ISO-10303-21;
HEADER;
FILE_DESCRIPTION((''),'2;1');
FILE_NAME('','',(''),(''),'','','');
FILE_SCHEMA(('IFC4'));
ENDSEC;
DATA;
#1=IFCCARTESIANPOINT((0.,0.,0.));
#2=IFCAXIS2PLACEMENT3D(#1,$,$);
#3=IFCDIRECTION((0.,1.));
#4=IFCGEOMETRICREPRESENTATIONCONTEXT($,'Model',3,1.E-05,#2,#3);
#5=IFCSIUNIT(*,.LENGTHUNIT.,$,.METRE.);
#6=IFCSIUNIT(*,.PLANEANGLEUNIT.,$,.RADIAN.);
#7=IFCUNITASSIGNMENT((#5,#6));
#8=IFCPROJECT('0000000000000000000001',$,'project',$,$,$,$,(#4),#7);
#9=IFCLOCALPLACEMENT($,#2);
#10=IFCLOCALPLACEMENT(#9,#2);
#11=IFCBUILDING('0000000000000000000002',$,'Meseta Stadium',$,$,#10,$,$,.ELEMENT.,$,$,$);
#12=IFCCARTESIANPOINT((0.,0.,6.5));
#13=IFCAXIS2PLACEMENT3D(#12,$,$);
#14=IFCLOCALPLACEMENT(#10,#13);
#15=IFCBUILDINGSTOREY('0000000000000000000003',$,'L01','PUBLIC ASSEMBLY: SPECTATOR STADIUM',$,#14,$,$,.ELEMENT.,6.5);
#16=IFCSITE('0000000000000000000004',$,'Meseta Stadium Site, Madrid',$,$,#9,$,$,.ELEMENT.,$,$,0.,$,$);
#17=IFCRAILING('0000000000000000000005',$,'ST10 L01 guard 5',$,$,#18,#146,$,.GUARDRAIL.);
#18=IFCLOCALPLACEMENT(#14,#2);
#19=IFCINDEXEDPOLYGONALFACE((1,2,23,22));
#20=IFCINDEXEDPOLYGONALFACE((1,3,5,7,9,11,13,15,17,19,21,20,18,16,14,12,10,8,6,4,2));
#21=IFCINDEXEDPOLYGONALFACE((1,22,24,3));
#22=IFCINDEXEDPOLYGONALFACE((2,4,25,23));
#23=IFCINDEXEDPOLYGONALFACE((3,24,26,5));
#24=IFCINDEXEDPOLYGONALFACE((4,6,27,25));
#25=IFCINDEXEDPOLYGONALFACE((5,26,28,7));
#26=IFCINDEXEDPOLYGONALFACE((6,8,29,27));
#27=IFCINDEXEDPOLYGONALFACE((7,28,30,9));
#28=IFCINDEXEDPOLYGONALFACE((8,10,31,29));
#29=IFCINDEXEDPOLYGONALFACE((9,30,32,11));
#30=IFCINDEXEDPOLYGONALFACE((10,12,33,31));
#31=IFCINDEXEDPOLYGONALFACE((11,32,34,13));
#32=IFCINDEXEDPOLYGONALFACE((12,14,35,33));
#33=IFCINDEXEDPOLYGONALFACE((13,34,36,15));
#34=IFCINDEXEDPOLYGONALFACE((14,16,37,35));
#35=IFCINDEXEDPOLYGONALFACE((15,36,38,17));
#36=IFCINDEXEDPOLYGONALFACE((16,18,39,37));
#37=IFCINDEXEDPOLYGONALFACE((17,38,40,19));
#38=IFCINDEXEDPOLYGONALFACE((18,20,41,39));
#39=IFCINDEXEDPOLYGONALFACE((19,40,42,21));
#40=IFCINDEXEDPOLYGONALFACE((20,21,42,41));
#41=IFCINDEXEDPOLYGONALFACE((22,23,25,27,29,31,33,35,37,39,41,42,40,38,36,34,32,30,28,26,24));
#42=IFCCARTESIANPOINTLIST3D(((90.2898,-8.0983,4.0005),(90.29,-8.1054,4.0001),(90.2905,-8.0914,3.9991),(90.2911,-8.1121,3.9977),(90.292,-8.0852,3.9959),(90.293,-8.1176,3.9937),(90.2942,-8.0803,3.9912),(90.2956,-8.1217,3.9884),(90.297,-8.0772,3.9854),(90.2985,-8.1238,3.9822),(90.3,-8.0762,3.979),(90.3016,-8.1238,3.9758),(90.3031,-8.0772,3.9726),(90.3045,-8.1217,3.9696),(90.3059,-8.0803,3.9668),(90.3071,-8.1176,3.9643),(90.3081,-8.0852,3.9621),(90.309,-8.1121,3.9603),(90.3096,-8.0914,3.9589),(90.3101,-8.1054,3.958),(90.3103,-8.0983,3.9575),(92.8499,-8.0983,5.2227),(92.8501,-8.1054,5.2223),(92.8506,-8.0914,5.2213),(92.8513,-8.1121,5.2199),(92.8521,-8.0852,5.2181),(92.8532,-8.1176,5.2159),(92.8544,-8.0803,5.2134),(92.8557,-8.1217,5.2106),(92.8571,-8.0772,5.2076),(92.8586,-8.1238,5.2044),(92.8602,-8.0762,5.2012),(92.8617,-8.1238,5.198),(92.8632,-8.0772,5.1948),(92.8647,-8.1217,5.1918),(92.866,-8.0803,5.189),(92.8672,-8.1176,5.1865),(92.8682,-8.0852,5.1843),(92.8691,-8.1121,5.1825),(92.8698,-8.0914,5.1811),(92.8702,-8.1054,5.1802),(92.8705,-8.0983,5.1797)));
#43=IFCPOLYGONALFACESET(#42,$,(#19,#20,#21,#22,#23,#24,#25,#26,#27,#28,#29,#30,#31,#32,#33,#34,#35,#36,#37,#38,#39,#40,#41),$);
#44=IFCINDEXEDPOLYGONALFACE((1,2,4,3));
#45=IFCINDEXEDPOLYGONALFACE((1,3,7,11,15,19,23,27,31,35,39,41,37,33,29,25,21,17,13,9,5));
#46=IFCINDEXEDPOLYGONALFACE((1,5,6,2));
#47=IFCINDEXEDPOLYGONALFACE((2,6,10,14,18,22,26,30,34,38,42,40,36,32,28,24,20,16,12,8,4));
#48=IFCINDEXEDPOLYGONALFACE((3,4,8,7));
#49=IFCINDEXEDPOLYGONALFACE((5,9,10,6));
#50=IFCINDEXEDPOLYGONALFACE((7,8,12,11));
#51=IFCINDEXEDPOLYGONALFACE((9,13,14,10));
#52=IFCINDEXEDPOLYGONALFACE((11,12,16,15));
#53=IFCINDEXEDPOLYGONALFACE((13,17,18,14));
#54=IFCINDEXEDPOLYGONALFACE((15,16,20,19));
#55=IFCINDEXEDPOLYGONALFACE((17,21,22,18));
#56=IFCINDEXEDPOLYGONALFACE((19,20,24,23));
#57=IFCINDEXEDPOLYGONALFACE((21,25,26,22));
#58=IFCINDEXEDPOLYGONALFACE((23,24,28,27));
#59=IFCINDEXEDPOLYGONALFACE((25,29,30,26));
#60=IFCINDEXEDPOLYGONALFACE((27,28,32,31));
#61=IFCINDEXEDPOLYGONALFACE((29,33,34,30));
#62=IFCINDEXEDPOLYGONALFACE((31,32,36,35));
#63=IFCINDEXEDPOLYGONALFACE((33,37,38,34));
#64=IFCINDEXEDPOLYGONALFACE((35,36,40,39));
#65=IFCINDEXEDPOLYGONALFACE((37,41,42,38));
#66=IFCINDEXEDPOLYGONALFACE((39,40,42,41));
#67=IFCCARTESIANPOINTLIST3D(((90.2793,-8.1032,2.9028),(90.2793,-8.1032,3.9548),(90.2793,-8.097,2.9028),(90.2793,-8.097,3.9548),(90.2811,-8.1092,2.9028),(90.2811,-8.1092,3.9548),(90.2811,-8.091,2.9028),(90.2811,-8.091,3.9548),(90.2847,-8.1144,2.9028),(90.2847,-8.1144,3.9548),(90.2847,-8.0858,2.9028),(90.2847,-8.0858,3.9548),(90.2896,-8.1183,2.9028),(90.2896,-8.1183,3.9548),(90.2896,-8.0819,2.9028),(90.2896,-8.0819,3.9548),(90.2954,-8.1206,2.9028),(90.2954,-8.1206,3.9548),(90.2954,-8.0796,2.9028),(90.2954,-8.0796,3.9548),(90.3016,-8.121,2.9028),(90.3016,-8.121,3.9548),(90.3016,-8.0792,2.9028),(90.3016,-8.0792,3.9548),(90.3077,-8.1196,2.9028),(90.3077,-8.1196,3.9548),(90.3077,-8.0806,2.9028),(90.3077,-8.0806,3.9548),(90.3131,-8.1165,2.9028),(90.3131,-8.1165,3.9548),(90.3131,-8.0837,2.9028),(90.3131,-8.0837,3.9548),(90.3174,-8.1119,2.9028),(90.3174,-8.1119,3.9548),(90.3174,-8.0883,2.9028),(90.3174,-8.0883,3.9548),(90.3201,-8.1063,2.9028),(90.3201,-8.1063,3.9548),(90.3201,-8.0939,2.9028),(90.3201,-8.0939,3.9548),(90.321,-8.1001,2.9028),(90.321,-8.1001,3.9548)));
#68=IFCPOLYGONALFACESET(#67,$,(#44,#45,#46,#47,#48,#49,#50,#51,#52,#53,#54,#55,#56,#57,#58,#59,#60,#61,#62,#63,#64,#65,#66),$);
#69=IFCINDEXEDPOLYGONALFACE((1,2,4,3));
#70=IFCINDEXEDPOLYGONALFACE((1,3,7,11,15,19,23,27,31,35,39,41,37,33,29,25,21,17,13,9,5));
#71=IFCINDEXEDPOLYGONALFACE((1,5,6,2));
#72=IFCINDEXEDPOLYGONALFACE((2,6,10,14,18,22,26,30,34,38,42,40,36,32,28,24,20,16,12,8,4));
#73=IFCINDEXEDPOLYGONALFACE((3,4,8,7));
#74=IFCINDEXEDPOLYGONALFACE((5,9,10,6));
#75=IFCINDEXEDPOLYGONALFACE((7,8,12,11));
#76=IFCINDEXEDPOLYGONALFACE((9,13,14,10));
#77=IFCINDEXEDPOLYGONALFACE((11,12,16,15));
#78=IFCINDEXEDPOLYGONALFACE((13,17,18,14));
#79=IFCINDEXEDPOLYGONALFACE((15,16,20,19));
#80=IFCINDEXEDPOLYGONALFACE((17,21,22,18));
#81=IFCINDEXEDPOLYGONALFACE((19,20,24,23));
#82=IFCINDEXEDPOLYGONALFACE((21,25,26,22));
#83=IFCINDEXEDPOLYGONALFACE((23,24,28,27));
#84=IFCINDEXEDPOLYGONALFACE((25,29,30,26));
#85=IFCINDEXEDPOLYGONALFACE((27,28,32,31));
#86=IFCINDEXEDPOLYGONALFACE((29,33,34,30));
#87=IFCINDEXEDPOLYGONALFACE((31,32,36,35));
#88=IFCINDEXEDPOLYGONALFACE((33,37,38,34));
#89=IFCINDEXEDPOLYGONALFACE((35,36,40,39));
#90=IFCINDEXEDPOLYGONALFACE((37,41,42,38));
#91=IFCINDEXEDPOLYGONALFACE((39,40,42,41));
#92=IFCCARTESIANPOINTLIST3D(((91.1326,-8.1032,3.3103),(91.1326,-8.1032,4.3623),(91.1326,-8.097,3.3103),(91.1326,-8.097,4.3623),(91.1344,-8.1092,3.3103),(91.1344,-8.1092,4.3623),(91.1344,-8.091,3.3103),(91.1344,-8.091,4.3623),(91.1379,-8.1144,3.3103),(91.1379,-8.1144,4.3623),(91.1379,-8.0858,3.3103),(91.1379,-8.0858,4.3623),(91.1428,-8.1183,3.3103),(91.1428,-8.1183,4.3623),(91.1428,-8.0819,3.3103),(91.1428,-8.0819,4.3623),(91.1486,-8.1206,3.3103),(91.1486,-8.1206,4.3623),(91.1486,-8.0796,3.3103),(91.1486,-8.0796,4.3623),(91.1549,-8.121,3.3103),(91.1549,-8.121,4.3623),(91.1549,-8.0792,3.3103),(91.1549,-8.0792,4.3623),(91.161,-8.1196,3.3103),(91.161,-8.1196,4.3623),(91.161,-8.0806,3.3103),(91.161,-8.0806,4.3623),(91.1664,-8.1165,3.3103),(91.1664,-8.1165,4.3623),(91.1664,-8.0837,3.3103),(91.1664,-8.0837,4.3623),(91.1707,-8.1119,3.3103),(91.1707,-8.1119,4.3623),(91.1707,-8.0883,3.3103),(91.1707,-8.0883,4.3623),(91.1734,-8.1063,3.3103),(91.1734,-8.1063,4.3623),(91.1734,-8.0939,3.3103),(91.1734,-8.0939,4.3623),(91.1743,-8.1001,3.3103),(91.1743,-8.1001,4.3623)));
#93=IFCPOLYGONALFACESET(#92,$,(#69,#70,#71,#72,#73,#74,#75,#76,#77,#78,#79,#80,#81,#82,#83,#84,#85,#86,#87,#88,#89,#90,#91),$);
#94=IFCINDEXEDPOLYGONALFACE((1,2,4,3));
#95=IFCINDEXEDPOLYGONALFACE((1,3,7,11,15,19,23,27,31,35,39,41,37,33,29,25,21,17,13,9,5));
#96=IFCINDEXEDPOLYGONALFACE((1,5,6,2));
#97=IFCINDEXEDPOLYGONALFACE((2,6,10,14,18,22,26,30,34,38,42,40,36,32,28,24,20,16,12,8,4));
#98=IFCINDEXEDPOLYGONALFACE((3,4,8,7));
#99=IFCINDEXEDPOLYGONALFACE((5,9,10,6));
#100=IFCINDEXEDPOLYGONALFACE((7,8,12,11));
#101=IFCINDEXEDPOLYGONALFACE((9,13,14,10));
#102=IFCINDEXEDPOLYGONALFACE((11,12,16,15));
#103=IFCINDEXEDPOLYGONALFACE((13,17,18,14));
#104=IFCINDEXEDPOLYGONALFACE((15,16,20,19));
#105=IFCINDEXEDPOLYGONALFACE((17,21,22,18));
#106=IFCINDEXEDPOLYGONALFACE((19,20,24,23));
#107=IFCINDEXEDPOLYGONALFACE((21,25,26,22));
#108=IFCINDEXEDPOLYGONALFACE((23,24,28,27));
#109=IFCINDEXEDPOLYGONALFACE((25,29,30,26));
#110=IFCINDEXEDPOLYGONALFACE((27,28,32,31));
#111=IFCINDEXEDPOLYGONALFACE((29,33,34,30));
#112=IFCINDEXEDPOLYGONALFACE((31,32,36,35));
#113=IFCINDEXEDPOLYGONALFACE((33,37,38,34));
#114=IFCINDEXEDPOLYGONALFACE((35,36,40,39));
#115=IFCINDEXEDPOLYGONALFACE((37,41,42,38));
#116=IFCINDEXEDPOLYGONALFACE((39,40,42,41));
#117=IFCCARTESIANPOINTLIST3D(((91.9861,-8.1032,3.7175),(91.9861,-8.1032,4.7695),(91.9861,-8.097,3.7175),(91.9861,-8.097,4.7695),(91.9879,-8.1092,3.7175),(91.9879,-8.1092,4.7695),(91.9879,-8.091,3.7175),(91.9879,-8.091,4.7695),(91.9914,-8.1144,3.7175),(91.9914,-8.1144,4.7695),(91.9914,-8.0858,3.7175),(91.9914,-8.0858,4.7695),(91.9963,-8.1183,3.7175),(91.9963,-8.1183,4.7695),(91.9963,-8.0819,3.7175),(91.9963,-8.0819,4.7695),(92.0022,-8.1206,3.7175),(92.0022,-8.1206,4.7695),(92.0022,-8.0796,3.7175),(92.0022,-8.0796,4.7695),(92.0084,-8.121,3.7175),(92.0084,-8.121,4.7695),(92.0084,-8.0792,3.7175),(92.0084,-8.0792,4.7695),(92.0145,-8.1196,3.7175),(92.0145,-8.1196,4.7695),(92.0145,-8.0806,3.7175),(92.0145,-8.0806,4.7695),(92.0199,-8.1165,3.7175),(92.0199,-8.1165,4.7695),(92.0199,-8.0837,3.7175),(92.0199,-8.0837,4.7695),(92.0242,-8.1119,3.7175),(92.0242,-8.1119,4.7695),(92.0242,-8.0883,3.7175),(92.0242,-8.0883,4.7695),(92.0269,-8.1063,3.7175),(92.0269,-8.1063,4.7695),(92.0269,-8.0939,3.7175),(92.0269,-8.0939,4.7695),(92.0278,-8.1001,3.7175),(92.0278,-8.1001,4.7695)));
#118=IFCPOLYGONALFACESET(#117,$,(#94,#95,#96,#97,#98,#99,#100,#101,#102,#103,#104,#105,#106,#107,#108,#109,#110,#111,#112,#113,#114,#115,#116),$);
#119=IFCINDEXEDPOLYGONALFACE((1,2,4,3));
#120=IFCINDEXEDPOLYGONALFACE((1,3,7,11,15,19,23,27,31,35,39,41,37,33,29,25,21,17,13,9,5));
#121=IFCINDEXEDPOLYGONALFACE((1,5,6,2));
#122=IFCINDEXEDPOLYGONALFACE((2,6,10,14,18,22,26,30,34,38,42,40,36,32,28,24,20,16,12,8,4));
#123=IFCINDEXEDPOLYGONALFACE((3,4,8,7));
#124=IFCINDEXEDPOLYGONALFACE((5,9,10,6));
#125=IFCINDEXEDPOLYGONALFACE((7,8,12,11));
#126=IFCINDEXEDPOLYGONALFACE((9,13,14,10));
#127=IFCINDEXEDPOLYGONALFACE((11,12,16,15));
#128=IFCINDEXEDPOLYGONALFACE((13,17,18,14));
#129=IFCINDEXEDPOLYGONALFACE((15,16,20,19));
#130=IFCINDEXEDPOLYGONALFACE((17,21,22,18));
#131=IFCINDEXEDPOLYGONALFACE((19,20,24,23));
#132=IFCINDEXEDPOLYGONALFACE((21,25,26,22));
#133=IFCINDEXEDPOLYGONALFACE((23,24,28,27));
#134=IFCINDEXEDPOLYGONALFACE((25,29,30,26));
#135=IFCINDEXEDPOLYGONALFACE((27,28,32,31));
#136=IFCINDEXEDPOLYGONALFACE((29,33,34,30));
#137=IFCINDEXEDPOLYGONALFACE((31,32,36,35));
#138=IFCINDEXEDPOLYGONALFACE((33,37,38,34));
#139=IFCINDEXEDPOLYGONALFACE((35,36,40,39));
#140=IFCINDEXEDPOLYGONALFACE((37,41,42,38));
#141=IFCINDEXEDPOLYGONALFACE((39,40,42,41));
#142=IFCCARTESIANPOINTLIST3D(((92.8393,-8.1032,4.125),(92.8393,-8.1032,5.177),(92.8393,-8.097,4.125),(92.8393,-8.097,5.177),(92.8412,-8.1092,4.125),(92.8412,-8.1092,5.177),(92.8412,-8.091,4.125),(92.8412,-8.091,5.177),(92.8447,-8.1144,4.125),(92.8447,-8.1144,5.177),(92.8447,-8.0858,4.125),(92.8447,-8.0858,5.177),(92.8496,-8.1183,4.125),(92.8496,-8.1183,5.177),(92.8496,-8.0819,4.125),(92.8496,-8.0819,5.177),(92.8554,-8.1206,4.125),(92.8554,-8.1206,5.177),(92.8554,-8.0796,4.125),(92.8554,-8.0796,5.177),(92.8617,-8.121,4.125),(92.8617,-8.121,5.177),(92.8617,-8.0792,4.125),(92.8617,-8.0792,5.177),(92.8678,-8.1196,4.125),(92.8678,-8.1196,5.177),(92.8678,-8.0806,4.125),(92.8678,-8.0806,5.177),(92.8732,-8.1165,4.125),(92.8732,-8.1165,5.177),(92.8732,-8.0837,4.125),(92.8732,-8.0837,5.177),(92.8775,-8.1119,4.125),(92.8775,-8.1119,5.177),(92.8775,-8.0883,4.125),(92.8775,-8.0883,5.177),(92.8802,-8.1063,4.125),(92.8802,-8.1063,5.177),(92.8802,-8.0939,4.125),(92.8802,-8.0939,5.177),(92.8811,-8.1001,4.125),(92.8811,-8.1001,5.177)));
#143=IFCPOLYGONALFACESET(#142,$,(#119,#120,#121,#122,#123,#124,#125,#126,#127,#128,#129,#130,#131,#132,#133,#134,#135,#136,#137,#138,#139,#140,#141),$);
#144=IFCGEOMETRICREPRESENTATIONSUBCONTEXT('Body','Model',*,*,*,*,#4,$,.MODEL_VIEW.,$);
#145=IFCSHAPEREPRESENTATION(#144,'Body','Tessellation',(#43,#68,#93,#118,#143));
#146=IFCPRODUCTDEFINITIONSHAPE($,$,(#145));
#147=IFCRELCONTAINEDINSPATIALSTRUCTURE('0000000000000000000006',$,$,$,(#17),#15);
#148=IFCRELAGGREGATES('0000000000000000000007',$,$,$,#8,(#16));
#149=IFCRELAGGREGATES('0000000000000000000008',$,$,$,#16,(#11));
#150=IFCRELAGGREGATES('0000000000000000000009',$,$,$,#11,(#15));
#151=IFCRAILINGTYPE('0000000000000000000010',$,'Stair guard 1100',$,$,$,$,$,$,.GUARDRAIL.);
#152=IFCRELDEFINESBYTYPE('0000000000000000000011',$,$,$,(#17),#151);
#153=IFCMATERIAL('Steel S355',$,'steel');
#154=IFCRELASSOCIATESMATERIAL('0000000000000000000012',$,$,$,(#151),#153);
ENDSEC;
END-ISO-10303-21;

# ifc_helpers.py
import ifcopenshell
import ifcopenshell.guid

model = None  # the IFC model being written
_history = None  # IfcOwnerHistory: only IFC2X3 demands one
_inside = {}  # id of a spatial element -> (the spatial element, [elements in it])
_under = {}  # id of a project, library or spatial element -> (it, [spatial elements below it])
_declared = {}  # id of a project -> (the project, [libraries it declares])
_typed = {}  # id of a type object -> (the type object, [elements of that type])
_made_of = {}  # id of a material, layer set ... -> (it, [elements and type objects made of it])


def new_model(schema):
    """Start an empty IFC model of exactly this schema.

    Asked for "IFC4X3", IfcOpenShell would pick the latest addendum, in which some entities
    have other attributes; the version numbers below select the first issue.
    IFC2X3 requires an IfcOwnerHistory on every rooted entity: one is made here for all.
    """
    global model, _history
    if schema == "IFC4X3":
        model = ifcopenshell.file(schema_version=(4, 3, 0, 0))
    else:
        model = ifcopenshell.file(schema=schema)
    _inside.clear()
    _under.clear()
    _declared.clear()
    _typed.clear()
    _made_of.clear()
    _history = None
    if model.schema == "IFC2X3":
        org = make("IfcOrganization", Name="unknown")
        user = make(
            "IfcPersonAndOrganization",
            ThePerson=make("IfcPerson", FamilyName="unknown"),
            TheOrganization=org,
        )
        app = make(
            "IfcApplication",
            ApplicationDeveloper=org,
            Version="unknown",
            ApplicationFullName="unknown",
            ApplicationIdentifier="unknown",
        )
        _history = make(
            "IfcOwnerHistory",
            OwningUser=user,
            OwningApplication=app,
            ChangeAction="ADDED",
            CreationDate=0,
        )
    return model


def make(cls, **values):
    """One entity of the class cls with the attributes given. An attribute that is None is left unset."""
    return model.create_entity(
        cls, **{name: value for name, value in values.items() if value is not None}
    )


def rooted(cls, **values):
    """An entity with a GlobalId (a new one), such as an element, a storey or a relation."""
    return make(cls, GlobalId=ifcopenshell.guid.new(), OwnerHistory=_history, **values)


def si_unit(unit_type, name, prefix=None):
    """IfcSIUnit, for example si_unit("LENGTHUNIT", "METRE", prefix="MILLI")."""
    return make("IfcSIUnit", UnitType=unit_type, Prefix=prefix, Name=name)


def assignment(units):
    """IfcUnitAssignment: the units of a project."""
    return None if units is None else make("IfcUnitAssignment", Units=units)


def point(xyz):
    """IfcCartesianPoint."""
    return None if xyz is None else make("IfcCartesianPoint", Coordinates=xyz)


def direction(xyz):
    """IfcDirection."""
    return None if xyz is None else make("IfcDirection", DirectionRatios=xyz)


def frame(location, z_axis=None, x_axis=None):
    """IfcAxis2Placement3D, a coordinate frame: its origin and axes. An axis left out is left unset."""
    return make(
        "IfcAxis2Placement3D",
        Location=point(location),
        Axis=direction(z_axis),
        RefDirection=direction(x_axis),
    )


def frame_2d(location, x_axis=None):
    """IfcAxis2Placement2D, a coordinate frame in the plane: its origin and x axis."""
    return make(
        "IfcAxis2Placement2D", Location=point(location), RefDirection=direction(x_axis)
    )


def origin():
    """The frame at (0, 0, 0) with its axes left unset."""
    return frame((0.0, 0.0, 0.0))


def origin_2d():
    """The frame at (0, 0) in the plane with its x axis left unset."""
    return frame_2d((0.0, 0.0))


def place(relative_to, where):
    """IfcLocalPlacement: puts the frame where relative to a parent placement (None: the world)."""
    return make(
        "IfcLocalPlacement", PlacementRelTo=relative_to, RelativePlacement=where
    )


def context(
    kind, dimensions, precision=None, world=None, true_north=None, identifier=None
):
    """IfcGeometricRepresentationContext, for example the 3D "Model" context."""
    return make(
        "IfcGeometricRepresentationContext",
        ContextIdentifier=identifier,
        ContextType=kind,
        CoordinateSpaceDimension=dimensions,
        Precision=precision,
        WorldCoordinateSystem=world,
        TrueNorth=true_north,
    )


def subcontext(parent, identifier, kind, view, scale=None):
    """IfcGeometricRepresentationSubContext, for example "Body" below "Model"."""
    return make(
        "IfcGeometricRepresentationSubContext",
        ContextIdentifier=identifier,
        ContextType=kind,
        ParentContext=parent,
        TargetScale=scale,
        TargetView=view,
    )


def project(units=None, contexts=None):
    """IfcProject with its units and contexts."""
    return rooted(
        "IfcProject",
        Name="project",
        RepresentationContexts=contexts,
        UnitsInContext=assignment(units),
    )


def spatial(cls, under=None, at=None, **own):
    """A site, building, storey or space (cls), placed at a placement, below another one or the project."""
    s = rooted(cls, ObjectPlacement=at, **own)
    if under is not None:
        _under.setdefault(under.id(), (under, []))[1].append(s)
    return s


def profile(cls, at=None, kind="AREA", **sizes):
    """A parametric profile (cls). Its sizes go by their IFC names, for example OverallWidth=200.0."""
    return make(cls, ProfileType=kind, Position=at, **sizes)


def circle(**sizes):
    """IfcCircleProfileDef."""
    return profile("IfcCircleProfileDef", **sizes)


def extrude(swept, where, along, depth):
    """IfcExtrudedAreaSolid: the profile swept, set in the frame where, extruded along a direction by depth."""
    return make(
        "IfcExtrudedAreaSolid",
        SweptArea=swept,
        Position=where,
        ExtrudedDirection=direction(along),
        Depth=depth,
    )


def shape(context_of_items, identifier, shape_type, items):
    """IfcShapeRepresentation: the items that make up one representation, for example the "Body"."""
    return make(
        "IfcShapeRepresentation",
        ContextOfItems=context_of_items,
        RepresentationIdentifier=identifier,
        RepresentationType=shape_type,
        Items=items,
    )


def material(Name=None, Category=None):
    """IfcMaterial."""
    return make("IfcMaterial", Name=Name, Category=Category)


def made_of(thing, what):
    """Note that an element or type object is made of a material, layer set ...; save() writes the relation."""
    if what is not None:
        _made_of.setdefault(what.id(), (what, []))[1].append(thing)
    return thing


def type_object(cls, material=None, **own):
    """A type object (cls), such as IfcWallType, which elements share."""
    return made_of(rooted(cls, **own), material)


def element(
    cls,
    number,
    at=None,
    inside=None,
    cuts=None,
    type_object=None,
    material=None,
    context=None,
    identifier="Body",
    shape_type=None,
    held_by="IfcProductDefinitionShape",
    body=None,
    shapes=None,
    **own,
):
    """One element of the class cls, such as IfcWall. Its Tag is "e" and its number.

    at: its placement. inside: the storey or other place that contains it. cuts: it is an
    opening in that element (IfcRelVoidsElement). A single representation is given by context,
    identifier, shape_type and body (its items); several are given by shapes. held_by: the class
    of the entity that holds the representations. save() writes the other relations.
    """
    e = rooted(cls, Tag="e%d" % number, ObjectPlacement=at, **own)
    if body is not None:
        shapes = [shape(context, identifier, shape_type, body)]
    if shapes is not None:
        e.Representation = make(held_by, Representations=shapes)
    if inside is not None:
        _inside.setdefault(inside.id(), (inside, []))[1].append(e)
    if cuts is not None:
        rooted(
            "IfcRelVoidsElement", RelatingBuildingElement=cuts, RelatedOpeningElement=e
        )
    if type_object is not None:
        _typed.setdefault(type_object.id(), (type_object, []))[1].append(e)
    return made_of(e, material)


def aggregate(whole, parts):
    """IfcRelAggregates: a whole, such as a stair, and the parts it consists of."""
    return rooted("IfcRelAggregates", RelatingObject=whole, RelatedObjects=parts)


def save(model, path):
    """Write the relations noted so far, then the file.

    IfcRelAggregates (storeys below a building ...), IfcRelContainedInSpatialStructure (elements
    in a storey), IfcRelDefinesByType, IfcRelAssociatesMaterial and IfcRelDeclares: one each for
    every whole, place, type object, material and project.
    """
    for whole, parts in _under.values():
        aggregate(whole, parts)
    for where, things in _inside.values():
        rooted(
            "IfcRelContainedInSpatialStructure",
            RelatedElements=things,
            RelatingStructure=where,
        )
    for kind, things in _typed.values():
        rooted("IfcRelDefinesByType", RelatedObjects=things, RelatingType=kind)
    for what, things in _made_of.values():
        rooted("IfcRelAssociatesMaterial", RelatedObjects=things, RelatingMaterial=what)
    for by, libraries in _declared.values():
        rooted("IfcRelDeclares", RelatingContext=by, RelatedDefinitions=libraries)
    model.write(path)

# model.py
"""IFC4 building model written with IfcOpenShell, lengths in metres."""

from ifc_helpers import new_model, si_unit, direction, frame, origin, origin_2d, place, context, subcontext, project, spatial, circle, extrude, material, type_object, element, save


model = new_model("IFC4")

# Units and contexts
model_context = context("Model", 3, precision=1e-05, world=origin(), true_north=direction((0.0, 1.0)))
body_context = subcontext(model_context, "Body", "Model", "MODEL_VIEW")
ifc_project = project(units=[si_unit("LENGTHUNIT", "METRE"), si_unit("PLANEANGLEUNIT", "RADIAN")], contexts=[model_context])

# Site, building, storey
site_placement = place(None, origin())
site = spatial("IfcSite", under=ifc_project, at=site_placement, Name="Meseta Stadium Site, Madrid", CompositionType="ELEMENT", RefElevation=0.0)
building_placement = place(site_placement, origin())
building = spatial("IfcBuilding", under=site, at=building_placement, Name="Meseta Stadium", CompositionType="ELEMENT")
storey_placement = place(building_placement, frame((0.0, 0.0, 6.5)))
storey = spatial("IfcBuildingStorey", under=building, at=storey_placement, Name="L01", Description="PUBLIC ASSEMBLY: SPECTATOR STADIUM", CompositionType="ELEMENT", Elevation=6.5)

# Railing
ifc_material_1 = material(Name="Steel S355", Category="steel")
railing_type_1 = type_object("IfcRailingType", Name="Stair guard 1100", PredefinedType="GUARDRAIL", material=ifc_material_1)
railing_1_placement = place(storey_placement, frame((90.3, -8.1001, 2.9028)))
element("IfcRailing", 1, at=railing_1_placement, inside=storey, type_object=railing_type_1, Name="ST10 L01 guard 5", PredefinedType="GUARDRAIL", context=body_context, shape_type="SweptSolid", body=[
    extrude(circle(Radius=0.0239, at=origin_2d()), frame((0.0, 0.0, 1.0762), z_axis=(0.902437, 0.0, 0.430822), x_axis=(0.0, 1.0, 0.0)), (0.0, 0.0, 1.0), 2.8369),
    extrude(circle(Radius=0.021, at=origin_2d()), origin(), (0.0, 0.0, 1.0), 1.052),
    extrude(circle(Radius=0.021, at=origin_2d()), frame((0.8533, 0.0, 0.4075)), (0.0, 0.0, 1.0), 1.052),
    extrude(circle(Radius=0.021, at=origin_2d()), frame((1.7068, 0.0, 0.8147)), (0.0, 0.0, 1.0), 1.052),
    extrude(circle(Radius=0.021, at=origin_2d()), frame((2.5601, 0.0, 1.2222)), (0.0, 0.0, 1.0), 1.052),
])

save(model, "model.ifc")
